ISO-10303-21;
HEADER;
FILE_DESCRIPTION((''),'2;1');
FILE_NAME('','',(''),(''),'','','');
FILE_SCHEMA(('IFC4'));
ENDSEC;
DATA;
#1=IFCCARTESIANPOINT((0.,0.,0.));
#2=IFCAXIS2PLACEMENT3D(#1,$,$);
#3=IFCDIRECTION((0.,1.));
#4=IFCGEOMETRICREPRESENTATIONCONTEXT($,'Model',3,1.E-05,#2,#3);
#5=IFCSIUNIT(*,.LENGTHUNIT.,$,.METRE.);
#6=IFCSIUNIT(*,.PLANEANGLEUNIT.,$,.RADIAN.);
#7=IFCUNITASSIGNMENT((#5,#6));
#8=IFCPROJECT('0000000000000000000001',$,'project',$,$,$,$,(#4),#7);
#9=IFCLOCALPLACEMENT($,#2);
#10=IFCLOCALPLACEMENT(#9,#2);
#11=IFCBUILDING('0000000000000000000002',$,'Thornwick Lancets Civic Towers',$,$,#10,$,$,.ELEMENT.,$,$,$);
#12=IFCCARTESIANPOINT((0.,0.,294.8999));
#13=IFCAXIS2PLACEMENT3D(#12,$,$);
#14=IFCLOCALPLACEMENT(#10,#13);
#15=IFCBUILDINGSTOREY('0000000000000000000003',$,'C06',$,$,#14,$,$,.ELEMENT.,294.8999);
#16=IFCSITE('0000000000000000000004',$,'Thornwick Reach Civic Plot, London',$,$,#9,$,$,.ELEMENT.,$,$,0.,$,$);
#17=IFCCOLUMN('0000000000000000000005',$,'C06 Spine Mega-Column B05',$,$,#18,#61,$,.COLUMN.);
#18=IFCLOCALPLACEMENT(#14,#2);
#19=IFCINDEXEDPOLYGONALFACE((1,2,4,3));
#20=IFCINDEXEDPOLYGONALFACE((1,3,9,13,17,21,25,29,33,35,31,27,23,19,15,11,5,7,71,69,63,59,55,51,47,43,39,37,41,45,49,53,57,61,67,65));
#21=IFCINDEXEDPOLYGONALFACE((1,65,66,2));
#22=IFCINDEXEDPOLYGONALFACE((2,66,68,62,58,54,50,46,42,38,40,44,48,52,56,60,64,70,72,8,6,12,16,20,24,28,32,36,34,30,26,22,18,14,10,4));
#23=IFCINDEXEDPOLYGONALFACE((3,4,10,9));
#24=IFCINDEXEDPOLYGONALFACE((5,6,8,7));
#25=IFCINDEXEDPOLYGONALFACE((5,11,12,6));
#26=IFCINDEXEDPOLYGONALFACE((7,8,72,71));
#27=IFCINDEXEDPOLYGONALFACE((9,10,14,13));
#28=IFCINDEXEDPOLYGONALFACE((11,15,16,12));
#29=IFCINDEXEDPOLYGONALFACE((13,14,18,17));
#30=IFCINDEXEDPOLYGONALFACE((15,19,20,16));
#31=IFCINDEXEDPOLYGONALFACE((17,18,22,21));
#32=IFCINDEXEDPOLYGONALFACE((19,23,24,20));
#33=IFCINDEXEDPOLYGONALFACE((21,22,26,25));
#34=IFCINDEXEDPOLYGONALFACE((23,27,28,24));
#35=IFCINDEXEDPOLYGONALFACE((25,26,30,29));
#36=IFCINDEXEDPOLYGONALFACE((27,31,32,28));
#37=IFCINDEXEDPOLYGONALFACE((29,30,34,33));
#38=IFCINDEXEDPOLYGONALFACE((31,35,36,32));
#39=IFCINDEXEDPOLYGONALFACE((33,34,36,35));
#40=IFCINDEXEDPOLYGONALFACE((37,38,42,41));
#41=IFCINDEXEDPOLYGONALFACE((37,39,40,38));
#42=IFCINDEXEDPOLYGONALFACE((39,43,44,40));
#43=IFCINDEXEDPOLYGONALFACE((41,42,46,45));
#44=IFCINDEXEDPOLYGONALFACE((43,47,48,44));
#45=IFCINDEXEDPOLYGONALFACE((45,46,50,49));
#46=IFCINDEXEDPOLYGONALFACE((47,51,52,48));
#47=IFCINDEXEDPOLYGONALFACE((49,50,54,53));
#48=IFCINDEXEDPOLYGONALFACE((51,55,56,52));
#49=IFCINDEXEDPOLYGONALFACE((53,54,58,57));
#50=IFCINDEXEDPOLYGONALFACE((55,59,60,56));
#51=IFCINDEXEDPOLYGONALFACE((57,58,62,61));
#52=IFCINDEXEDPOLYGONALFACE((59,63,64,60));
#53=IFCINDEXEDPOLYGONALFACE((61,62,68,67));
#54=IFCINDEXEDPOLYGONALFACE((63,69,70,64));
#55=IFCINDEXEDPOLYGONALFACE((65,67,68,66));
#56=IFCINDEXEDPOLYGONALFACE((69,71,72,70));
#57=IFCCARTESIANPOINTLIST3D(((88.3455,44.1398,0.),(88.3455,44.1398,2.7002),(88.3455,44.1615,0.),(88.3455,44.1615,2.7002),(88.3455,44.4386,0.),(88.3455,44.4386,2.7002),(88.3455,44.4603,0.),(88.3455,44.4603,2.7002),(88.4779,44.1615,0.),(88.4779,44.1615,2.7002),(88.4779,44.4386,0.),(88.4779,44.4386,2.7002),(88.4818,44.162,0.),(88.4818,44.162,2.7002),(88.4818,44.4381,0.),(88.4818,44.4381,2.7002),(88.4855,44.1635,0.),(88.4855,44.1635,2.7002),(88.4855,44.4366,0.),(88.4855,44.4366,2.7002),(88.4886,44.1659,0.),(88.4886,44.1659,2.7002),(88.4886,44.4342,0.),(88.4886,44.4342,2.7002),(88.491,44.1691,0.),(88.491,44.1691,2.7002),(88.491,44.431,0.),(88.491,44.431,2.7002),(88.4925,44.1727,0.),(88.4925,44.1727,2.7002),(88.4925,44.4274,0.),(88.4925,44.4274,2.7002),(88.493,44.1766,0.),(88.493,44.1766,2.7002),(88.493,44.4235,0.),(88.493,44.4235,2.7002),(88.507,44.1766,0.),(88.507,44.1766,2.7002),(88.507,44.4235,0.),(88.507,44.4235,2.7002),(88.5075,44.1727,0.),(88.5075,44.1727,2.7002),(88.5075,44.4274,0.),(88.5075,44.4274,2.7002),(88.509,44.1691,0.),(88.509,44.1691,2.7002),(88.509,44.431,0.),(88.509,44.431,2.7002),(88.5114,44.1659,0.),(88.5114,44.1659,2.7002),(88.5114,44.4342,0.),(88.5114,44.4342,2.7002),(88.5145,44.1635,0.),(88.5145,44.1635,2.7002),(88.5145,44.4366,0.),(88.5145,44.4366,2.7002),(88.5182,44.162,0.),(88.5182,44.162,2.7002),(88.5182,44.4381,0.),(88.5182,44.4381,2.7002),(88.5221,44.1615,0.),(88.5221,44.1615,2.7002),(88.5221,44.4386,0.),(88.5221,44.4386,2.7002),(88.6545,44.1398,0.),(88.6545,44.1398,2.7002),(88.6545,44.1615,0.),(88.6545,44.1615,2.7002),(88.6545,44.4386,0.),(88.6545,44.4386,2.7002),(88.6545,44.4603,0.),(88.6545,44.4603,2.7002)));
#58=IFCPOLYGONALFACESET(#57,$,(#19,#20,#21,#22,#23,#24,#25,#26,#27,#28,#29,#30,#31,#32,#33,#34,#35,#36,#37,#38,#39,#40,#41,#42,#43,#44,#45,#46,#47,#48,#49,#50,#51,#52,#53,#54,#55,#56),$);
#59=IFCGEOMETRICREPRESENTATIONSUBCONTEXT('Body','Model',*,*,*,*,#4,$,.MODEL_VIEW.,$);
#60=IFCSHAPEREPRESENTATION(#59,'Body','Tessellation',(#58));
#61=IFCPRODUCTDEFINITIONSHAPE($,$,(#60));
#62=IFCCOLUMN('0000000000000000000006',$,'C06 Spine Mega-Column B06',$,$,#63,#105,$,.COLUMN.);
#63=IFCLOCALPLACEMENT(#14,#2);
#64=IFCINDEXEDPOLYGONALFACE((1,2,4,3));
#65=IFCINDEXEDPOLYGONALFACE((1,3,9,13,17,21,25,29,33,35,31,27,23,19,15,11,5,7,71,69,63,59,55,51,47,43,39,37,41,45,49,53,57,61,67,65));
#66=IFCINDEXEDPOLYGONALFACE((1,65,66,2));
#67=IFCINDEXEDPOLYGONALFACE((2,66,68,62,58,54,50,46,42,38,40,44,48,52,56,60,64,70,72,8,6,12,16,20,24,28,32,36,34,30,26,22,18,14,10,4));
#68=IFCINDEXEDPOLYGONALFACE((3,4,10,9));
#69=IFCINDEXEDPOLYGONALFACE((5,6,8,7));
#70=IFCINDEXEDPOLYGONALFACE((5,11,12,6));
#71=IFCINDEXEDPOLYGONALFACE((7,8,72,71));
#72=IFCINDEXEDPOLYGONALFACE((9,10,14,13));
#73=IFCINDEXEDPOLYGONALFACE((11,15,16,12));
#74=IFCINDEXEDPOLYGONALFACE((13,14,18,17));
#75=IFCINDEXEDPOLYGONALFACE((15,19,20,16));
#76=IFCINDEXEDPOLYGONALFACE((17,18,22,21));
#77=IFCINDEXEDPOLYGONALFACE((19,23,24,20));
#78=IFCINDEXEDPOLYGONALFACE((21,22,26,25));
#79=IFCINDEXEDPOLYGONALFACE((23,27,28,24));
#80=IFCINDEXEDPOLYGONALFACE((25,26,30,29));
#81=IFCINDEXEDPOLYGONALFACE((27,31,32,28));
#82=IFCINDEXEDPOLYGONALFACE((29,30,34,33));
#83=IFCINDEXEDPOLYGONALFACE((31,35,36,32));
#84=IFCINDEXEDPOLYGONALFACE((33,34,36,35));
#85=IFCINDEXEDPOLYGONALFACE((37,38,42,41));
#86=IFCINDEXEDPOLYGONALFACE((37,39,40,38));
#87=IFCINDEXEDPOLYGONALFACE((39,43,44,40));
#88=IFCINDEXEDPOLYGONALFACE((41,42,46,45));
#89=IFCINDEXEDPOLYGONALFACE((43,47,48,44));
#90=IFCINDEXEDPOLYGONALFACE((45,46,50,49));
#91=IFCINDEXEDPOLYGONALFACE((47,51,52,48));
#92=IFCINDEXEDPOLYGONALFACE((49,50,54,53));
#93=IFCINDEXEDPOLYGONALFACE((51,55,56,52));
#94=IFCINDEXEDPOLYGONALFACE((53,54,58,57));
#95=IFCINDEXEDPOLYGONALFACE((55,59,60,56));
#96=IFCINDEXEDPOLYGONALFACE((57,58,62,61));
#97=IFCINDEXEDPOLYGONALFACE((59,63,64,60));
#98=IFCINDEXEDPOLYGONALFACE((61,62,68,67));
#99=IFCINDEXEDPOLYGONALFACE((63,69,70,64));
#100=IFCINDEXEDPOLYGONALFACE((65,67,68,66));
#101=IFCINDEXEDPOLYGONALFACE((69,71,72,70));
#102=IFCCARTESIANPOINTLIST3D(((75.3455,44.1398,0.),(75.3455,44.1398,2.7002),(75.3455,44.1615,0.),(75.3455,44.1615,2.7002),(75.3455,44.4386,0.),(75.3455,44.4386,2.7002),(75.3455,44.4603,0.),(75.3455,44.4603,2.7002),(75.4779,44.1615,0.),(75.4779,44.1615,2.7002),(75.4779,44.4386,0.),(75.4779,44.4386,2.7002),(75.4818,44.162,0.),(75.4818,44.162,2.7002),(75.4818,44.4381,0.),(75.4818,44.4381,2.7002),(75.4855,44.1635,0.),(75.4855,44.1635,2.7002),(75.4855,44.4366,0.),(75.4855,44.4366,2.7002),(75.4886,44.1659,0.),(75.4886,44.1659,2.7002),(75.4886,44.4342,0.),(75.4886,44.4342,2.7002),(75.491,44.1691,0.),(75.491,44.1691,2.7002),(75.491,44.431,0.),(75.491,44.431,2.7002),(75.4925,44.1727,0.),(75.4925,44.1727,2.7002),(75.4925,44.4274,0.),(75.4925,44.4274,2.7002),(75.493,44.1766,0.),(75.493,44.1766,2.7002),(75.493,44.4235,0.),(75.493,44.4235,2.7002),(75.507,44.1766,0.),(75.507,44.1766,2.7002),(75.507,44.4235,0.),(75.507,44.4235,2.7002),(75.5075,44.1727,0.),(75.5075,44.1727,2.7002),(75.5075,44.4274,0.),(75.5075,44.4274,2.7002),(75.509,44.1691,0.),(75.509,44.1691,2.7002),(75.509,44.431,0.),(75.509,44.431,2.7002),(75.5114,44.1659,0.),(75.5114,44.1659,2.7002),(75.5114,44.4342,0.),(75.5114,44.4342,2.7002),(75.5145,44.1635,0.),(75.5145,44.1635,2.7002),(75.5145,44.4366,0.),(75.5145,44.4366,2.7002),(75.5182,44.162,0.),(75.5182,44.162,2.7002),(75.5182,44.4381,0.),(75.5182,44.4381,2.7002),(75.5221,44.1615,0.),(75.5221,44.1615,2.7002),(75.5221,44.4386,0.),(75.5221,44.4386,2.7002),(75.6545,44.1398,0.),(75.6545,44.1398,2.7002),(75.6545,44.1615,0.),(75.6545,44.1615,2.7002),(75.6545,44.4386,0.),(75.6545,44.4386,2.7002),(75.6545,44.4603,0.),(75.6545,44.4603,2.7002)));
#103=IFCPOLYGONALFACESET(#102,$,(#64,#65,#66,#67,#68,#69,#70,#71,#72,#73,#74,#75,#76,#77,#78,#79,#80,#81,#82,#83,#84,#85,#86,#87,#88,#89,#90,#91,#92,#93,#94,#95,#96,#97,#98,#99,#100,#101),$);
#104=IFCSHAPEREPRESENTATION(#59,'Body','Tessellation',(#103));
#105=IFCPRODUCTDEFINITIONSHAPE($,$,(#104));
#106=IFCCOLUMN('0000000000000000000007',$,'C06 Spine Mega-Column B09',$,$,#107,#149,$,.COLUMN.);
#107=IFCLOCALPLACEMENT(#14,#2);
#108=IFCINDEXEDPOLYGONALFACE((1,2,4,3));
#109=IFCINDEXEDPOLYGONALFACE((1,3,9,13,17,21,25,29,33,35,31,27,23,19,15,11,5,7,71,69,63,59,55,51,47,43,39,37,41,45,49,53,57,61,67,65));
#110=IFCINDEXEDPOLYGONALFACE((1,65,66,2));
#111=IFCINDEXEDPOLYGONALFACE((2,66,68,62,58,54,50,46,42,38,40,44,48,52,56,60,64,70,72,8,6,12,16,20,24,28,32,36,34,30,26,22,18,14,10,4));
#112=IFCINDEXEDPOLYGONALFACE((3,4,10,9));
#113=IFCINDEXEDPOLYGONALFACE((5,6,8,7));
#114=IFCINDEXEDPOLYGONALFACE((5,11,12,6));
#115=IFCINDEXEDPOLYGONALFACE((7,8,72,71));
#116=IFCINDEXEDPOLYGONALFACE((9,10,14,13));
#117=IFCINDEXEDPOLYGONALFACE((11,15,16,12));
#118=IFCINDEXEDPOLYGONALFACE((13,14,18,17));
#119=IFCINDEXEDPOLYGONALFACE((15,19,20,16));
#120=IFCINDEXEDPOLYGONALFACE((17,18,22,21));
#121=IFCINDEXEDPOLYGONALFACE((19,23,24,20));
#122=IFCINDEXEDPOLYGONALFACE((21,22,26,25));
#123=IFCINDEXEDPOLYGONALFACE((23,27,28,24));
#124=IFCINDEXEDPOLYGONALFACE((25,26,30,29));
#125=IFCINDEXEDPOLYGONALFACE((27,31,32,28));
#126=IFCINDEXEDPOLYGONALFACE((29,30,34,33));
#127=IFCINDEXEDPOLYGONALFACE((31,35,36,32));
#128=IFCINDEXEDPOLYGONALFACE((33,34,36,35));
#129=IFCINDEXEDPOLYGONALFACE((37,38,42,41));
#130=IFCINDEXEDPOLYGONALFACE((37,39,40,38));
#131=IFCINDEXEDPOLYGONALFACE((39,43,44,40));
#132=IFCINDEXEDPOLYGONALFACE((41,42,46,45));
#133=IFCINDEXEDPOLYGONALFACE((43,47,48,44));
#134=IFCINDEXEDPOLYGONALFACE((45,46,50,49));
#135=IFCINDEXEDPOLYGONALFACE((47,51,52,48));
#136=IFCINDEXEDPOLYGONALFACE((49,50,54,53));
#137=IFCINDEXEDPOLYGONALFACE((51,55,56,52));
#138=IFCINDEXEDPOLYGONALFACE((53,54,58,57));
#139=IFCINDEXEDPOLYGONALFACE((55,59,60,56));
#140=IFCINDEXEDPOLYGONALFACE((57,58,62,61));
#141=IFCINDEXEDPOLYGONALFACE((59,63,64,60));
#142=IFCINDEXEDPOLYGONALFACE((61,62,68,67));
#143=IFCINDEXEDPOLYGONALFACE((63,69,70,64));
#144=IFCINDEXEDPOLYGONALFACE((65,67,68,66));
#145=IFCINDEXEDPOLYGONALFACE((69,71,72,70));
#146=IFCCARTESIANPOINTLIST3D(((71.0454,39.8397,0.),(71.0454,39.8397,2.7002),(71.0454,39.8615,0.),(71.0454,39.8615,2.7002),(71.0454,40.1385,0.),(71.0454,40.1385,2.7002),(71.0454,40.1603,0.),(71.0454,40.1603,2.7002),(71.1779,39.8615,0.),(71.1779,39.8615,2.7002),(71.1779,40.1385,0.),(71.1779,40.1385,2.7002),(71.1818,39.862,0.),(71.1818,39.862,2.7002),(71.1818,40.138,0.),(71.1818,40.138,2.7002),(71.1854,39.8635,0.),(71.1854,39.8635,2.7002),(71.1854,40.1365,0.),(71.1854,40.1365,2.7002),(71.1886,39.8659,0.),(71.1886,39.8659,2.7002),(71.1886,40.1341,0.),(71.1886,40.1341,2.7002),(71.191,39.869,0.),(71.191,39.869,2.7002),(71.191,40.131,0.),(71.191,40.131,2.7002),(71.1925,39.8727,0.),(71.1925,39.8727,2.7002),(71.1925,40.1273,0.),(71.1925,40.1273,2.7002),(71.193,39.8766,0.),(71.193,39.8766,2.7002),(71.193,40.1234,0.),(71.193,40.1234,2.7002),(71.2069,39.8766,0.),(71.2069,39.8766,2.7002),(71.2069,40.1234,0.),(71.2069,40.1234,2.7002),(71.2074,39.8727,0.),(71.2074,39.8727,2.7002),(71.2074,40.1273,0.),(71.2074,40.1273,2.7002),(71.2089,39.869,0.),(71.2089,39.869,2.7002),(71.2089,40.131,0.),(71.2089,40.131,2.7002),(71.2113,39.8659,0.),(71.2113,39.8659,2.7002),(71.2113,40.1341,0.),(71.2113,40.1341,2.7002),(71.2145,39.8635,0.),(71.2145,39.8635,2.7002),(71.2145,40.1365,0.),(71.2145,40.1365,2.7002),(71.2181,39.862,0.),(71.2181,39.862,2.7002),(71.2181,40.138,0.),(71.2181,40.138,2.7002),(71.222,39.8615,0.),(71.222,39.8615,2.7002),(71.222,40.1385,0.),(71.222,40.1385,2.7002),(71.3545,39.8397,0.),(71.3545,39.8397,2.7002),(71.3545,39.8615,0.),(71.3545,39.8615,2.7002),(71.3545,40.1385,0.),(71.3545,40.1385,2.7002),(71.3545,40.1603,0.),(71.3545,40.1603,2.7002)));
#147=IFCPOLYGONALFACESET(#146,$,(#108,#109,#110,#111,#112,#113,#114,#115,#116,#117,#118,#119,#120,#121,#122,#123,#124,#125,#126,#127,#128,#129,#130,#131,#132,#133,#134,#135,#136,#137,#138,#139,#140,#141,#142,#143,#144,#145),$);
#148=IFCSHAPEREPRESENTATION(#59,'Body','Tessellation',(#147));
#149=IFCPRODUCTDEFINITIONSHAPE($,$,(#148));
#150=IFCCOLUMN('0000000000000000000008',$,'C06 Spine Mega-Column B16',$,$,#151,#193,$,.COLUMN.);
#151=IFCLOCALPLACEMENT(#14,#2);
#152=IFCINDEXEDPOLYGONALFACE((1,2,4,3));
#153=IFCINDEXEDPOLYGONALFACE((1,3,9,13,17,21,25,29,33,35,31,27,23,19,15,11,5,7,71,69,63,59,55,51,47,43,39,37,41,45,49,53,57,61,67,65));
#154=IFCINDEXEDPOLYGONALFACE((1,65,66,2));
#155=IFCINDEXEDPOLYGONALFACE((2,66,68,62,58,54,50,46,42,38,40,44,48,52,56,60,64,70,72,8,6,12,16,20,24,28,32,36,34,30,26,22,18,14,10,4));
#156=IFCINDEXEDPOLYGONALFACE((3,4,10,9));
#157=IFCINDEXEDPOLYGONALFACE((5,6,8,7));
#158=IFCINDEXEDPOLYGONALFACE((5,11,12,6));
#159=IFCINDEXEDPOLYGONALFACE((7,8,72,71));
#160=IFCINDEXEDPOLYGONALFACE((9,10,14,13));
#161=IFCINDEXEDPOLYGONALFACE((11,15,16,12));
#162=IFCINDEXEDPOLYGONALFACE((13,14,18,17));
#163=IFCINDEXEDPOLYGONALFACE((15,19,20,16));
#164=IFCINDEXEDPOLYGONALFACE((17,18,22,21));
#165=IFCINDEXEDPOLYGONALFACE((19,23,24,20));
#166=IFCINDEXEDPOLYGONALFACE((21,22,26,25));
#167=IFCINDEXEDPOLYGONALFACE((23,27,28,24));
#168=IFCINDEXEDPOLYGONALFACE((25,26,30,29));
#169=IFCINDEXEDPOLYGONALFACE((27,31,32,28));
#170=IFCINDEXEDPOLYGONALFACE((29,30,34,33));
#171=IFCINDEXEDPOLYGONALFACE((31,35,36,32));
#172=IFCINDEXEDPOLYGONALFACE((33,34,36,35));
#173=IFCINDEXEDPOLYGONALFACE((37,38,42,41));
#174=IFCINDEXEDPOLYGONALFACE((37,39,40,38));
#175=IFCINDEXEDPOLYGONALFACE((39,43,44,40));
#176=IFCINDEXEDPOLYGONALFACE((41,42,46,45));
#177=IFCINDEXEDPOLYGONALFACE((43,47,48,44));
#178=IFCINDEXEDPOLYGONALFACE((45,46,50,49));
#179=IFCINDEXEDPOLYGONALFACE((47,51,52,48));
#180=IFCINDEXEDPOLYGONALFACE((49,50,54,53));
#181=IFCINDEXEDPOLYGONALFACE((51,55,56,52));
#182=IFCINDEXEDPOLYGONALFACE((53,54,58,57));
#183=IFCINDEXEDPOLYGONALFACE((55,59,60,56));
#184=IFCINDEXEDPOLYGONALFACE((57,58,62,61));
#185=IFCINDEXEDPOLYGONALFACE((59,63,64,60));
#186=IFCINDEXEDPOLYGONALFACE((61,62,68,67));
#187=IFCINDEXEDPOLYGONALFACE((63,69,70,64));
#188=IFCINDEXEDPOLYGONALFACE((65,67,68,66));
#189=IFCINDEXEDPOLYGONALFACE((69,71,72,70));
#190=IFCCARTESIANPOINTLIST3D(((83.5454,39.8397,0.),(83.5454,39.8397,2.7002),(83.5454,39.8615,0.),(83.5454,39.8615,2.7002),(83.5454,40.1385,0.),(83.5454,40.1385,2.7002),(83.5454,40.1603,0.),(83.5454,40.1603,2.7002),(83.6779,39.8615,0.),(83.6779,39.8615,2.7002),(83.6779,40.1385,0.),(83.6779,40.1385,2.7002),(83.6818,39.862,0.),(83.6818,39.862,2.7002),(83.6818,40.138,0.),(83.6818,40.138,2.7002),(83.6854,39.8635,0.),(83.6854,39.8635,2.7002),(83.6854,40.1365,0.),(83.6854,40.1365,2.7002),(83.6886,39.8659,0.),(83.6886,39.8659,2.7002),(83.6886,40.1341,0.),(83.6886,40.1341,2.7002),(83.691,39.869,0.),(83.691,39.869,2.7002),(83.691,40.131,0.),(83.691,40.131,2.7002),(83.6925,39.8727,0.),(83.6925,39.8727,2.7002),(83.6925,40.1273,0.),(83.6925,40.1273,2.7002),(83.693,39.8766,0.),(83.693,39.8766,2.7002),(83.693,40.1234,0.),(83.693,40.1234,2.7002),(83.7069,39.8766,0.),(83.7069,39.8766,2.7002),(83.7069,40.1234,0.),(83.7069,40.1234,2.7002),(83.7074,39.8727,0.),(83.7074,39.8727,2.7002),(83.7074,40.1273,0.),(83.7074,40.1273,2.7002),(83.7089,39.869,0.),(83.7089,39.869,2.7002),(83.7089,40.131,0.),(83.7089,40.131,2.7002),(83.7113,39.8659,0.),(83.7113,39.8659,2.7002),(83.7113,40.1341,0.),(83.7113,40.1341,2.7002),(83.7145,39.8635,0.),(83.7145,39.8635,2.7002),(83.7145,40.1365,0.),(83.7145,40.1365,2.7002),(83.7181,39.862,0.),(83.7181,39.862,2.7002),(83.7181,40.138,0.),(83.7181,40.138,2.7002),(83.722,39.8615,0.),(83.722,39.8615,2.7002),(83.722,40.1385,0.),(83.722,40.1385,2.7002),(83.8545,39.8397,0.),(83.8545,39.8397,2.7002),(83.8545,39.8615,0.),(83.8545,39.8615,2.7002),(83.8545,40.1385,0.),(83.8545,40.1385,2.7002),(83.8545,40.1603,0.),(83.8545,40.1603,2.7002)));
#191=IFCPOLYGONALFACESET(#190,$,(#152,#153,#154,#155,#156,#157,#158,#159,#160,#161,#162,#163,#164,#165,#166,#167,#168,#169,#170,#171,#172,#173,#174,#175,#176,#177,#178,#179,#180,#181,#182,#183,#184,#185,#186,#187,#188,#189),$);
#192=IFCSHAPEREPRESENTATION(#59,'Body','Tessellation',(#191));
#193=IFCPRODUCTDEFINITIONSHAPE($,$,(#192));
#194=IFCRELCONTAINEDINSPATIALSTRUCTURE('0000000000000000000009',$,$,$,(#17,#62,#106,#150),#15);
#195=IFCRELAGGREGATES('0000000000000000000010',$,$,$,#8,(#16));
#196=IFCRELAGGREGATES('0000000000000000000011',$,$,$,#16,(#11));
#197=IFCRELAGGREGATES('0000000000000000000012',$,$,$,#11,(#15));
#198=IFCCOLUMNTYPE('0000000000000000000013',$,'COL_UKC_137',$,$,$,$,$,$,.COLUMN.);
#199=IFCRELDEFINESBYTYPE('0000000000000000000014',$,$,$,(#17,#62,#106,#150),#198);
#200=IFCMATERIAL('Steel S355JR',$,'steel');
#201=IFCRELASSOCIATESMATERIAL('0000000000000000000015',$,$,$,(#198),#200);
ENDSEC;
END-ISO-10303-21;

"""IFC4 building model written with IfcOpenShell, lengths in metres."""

from ifc_helpers import new_model, si_unit, direction, frame, origin, origin_2d, place, context, subcontext, project, spatial, i_section, extrude, material, material_profile, profile_set, type_object, element, save


model = new_model("IFC4")

# Units and contexts
model_context = context("Model", 3, precision=1e-05, world=origin(), true_north=direction((0.0, 1.0)))
body_context = subcontext(model_context, "Body", "Model", "MODEL_VIEW")
ifc_project = project(units=[si_unit("LENGTHUNIT", "METRE"), si_unit("PLANEANGLEUNIT", "RADIAN")], contexts=[model_context])

# Site, building, storey
site_placement = place(None, origin())
site = spatial("IfcSite", under=ifc_project, at=site_placement, Name="Thornwick Reach Civic Plot, London", CompositionType="ELEMENT", RefElevation=0.0)
building_placement = place(site_placement, origin())
building = spatial("IfcBuilding", under=site, at=building_placement, Name="Thornwick Lancets Civic Towers", CompositionType="ELEMENT")
storey_placement = place(building_placement, frame((0.0, 0.0, 294.8999)))
storey = spatial("IfcBuildingStorey", under=building, at=storey_placement, Name="C06", CompositionType="ELEMENT", Elevation=294.8999)

# Columns
ifc_material_1 = material(Name="Steel S355JR", Category="steel")
ifc_material_profile_1 = material_profile(ifc_material_1, i_section(OverallWidth=0.3091, OverallDepth=0.3206, WebThickness=0.0139, FlangeThickness=0.0217, FilletRadius=0.0151, at=origin_2d()), Name="UKC 305x305x137")
ifc_profile_set_1 = profile_set([ifc_material_profile_1], Name="Steel S355JR")
column_type_1 = type_object("IfcColumnType", Name="COL_UKC_137", PredefinedType="COLUMN", material=ifc_profile_set_1)
for number, where, z_axis, x_axis, name in (
    (1, (88.5, 44.3, 0.0), (0.0, 0.0, 1.0), (1.0, 0.0, 0.0), "C06 Spine Mega-Column B05"),
    (2, (75.5, 44.3, 0.0), (0.0, 0.0, 1.0), (1.0, 0.0, 0.0), "C06 Spine Mega-Column B06"),
    (3, (71.2, 40.0, 0.0), (0.0, 0.0, 1.0), (1.0, 0.0, 0.0), "C06 Spine Mega-Column B09"),
    (4, (83.7, 40.0, 0.0), (0.0, 0.0, 1.0), (1.0, 0.0, 0.0), "C06 Spine Mega-Column B16"),
):
    element("IfcColumn", number, at=place(storey_placement, frame(where, z_axis=z_axis, x_axis=x_axis)), inside=storey, type_object=column_type_1, Name=name, PredefinedType="COLUMN", context=body_context, shape_type="SweptSolid", body=[
        extrude(i_section(OverallWidth=0.3091, OverallDepth=0.3206, WebThickness=0.0139, FlangeThickness=0.0217, FilletRadius=0.0151, at=origin_2d()), origin(), (0.0, 0.0, 1.0), 2.7002),
    ])

save(model, "model.ifc")
